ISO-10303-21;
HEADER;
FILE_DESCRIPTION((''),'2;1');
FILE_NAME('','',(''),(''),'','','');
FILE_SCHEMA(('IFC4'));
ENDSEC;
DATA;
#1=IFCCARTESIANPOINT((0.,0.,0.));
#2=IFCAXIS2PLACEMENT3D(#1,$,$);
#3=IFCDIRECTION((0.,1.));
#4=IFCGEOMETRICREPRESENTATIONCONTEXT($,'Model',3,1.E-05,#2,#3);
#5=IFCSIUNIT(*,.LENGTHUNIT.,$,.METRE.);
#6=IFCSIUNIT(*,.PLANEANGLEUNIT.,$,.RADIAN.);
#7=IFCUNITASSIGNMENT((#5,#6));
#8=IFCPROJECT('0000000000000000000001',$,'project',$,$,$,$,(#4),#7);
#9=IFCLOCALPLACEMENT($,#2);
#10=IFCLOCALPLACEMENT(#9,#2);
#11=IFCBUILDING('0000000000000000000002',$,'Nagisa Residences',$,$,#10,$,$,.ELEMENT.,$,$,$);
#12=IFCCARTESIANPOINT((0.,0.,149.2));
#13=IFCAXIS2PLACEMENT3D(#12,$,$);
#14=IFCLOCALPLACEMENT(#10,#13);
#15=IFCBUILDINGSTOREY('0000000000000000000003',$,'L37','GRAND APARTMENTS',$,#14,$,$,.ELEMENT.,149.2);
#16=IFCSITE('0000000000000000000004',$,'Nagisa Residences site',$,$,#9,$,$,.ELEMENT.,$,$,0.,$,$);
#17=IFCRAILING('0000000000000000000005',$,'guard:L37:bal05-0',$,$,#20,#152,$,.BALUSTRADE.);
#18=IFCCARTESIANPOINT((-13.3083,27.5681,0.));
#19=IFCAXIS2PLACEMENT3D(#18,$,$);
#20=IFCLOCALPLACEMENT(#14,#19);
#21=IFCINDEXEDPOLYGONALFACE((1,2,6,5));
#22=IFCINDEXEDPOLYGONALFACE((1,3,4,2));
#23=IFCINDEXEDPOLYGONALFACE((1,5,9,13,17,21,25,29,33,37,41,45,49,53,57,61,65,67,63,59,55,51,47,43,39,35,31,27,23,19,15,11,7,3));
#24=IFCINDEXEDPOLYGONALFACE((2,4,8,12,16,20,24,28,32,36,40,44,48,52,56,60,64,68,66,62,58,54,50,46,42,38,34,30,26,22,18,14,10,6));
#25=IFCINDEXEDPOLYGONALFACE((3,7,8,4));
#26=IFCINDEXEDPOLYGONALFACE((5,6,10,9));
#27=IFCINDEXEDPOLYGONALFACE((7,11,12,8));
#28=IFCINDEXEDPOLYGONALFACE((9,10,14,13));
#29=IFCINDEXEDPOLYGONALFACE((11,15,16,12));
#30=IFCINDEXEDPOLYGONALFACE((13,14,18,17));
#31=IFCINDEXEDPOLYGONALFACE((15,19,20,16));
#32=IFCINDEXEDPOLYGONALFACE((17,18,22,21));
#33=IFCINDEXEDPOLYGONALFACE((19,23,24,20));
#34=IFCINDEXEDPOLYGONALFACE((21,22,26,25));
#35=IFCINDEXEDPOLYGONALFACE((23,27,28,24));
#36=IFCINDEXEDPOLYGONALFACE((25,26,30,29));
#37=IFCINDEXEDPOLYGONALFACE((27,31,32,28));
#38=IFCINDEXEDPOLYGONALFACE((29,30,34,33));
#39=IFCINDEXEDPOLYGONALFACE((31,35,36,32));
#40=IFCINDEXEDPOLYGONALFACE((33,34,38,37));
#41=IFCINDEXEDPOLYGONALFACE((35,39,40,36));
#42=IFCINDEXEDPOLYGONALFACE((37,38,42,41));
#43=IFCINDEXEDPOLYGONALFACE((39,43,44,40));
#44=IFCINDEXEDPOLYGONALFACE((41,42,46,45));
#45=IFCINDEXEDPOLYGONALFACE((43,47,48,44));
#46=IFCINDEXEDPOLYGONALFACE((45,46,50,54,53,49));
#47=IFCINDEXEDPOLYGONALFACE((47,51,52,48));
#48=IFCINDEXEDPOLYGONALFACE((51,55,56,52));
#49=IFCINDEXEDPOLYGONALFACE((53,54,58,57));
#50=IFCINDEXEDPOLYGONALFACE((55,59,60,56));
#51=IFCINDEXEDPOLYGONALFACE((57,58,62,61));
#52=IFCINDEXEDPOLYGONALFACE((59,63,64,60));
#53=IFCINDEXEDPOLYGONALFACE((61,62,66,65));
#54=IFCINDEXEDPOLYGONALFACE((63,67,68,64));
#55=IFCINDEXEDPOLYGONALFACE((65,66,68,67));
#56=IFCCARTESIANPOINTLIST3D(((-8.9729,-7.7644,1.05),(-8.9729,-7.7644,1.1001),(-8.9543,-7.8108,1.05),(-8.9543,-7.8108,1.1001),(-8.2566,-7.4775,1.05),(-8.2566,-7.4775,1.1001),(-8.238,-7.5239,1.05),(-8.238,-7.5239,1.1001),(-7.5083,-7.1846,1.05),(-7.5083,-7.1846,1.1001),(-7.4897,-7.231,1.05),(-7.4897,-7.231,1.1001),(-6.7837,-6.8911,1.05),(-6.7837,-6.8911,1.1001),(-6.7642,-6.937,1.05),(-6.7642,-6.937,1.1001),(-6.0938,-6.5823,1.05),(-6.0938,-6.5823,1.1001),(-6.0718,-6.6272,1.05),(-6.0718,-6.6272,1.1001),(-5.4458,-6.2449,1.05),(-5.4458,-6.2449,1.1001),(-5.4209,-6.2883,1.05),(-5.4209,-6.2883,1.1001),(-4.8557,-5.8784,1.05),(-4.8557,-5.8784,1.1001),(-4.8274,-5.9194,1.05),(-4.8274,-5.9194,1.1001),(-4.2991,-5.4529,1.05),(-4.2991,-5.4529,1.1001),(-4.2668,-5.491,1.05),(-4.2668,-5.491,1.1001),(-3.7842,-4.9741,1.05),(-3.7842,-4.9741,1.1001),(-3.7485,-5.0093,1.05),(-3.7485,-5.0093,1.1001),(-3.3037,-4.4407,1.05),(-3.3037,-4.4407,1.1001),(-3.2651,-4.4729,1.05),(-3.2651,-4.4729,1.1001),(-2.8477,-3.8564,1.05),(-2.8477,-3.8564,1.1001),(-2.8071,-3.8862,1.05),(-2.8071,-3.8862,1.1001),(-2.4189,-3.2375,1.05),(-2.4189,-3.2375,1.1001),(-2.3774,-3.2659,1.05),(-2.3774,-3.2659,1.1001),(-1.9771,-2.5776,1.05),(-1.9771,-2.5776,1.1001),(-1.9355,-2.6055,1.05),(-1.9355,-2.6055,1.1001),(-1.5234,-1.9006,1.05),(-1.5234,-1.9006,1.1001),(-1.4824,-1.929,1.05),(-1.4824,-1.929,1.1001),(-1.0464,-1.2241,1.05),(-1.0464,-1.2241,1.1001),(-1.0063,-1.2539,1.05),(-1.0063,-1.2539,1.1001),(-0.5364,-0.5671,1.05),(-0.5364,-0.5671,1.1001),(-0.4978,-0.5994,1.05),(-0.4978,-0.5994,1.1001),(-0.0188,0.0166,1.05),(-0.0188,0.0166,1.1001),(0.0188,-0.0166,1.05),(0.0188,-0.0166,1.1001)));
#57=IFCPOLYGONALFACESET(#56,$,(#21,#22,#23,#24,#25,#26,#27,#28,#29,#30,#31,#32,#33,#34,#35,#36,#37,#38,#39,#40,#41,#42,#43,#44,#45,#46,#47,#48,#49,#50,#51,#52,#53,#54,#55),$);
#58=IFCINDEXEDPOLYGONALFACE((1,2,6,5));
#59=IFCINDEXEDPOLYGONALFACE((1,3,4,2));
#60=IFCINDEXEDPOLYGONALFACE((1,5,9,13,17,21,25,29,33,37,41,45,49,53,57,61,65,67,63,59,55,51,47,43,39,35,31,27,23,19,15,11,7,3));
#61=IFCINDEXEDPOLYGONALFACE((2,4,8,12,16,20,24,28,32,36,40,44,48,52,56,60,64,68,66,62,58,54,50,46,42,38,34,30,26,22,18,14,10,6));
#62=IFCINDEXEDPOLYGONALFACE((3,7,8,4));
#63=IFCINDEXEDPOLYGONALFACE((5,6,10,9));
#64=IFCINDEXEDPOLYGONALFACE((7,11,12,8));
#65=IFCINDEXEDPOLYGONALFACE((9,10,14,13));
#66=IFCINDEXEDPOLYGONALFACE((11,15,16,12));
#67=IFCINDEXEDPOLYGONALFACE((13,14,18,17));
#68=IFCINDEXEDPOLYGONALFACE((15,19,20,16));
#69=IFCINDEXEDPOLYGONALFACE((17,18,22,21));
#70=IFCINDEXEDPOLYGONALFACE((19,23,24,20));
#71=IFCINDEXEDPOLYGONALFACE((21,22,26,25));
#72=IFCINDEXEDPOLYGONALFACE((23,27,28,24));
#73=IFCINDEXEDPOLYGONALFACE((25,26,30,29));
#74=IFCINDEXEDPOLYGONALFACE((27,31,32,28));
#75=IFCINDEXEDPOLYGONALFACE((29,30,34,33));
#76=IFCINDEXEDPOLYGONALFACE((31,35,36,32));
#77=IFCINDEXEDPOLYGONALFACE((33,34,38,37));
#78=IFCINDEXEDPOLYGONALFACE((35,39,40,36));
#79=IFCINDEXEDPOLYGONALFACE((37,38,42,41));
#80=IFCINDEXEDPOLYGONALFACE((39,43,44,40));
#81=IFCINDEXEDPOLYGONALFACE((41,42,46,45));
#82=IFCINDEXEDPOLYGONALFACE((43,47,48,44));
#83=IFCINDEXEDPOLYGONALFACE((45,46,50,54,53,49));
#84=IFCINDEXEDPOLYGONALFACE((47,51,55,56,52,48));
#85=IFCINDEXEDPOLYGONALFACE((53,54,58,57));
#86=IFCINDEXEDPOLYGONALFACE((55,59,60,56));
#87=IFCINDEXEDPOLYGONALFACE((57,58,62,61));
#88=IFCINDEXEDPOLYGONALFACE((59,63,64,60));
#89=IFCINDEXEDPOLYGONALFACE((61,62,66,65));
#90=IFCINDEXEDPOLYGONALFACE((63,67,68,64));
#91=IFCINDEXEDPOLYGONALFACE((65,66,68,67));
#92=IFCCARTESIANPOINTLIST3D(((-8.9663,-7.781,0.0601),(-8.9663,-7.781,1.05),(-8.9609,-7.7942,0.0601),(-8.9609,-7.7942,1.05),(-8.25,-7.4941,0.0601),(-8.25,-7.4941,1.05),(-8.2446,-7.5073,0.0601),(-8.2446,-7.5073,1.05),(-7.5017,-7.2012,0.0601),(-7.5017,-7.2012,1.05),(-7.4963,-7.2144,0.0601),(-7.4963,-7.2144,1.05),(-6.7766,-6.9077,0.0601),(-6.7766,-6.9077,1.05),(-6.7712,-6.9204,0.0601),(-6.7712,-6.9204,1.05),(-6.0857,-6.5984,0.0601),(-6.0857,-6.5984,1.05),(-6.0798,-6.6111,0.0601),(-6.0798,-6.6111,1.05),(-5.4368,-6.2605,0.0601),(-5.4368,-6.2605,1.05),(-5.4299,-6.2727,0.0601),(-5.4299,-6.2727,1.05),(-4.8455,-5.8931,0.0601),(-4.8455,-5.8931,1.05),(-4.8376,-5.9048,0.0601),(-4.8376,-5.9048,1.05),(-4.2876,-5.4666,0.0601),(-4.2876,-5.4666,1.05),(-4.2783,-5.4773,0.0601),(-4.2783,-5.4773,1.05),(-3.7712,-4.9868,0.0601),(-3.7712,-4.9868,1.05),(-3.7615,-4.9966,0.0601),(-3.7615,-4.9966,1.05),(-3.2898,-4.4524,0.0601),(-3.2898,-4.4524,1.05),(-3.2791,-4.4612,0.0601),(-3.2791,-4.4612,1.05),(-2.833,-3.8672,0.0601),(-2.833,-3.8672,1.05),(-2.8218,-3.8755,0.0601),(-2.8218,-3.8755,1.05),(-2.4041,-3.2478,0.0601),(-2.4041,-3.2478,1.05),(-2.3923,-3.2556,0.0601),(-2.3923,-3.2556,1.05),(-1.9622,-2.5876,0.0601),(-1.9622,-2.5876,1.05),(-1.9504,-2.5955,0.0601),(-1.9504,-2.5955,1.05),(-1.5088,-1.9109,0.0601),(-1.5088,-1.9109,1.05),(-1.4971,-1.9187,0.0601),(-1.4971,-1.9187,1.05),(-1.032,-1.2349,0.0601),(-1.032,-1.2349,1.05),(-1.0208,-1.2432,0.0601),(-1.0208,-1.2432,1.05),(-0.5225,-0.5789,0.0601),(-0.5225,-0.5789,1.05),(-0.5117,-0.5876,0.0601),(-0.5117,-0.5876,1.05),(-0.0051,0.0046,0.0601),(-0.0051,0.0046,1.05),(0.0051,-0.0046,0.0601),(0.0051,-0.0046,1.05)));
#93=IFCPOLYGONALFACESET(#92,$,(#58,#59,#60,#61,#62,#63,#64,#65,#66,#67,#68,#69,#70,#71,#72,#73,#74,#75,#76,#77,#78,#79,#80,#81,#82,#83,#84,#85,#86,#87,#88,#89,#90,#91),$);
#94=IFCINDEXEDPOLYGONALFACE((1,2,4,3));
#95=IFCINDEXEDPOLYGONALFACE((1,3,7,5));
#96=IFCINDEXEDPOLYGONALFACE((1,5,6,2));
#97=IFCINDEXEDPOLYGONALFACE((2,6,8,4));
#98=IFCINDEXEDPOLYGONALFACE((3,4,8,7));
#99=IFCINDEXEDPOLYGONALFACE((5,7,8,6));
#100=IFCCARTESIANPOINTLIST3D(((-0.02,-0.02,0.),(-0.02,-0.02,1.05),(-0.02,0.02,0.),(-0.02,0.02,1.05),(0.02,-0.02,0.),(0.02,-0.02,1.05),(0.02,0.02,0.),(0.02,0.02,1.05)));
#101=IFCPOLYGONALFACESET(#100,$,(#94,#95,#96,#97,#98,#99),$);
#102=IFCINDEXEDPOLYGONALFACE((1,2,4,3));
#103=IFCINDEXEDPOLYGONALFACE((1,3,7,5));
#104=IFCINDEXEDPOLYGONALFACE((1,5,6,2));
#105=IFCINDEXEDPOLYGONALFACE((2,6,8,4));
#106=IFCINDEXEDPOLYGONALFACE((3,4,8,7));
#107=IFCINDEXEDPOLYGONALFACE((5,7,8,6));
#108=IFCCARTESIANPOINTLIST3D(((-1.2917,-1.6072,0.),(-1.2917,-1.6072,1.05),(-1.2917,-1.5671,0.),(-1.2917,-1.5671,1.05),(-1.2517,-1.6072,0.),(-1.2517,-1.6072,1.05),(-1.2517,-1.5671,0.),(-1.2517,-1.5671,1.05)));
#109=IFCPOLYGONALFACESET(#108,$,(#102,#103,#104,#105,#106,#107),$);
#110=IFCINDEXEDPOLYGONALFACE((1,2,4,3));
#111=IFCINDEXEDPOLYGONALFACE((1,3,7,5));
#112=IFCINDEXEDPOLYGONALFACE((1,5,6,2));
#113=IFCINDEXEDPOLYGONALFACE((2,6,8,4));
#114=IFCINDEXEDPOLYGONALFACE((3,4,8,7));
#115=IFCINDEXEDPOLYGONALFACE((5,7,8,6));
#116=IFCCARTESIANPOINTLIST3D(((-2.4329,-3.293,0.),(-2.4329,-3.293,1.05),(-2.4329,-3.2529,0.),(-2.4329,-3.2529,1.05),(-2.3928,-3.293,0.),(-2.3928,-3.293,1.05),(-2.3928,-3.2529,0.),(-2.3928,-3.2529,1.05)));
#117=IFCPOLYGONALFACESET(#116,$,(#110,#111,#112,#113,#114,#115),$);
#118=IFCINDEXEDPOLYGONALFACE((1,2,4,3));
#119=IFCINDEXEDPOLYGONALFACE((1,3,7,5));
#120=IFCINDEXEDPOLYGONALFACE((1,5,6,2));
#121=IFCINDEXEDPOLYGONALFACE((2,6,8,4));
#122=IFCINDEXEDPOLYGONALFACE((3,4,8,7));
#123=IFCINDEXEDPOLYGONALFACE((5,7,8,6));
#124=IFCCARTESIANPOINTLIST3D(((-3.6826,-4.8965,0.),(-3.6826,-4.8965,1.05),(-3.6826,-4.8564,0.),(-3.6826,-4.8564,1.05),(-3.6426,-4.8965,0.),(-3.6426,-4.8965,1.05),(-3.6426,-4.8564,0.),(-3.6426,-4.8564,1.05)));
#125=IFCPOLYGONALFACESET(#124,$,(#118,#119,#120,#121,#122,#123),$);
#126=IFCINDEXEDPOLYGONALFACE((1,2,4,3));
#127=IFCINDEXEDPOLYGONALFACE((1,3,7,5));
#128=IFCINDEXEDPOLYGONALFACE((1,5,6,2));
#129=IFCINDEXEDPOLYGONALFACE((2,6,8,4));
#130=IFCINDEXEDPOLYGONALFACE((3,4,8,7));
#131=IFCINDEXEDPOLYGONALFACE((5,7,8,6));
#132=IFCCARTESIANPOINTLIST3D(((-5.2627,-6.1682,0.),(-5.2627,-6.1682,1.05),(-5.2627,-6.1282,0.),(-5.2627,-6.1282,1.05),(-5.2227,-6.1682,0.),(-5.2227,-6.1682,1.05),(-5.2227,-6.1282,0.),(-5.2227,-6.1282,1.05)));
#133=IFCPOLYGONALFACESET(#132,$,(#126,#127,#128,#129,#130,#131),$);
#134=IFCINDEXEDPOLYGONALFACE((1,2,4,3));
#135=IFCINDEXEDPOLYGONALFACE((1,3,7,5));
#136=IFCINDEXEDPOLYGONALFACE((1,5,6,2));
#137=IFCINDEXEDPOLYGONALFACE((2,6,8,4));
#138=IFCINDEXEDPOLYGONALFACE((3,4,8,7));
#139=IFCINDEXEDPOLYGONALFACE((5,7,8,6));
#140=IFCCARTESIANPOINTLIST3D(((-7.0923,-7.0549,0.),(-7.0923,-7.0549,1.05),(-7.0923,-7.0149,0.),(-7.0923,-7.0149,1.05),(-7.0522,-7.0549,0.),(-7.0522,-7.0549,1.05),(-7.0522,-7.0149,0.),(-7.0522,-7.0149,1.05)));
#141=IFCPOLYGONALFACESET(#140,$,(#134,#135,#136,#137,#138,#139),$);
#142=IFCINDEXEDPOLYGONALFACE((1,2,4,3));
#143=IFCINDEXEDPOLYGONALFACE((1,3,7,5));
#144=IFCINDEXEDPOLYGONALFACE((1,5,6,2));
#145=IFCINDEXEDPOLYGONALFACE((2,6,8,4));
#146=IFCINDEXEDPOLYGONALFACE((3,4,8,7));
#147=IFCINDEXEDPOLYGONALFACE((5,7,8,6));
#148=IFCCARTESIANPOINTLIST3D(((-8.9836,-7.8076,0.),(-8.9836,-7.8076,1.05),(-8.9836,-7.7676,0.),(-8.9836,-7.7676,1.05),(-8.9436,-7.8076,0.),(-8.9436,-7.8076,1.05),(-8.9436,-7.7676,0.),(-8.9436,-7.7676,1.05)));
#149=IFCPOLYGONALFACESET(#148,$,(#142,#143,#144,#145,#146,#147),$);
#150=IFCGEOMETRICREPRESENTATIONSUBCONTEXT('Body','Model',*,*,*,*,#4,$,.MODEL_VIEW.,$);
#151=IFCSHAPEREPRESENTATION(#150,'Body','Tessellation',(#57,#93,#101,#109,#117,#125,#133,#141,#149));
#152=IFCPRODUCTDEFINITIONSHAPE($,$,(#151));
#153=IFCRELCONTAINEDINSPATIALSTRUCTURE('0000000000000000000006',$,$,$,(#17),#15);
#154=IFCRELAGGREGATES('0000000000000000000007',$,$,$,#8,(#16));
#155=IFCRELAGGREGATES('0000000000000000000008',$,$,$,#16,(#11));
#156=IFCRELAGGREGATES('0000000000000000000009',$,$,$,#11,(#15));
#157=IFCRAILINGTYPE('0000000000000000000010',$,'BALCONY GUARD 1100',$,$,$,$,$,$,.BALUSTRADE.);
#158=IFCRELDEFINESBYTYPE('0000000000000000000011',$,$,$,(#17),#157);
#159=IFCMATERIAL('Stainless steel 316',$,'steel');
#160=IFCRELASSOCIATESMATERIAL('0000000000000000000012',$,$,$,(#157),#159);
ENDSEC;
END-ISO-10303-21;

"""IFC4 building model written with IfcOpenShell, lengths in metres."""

from ifc_helpers import new_model, si_unit, direction, frame, origin, origin_2d, place, context, subcontext, project, spatial, polyline, rectangle, outline, extrude, material, type_object, element, save


model = new_model("IFC4")

# Units and contexts
model_context = context("Model", 3, precision=1e-05, world=origin(), true_north=direction((0.0, 1.0)))
body_context = subcontext(model_context, "Body", "Model", "MODEL_VIEW")
ifc_project = project(units=[si_unit("LENGTHUNIT", "METRE"), si_unit("PLANEANGLEUNIT", "RADIAN")], contexts=[model_context])

# Site, building, storey
site_placement = place(None, origin())
site = spatial("IfcSite", under=ifc_project, at=site_placement, Name="Nagisa Residences site", CompositionType="ELEMENT", RefElevation=0.0)
building_placement = place(site_placement, origin())
building = spatial("IfcBuilding", under=site, at=building_placement, Name="Nagisa Residences", CompositionType="ELEMENT")
storey_placement = place(building_placement, frame((0.0, 0.0, 149.2)))
storey = spatial("IfcBuildingStorey", under=building, at=storey_placement, Name="L37", Description="GRAND APARTMENTS", CompositionType="ELEMENT", Elevation=149.2)

# Railing
ifc_material_1 = material(Name="Stainless steel 316", Category="steel")
railing_type = type_object("IfcRailingType", Name="BALCONY GUARD 1100", PredefinedType="BALUSTRADE", material=ifc_material_1)
railing_1_placement = place(storey_placement, frame((-13.3083, 27.5681, 0.0)))
element("IfcRailing", 1, at=railing_1_placement, inside=storey, type_object=railing_type, Name="guard:L37:bal05-0", PredefinedType="BALUSTRADE", context=body_context, shape_type="SweptSolid", body=[
    extrude(outline(polyline([(-0.4978, -0.5994), (0.0188, -0.0166), (-0.0188, 0.0166), (-0.5364, -0.5671), (-1.0464, -1.2241), (-1.5234, -1.9006), (-1.9771, -2.5776), (-2.4189, -3.2375), (-2.8477, -3.8564), (-3.3037, -4.4407), (-3.7842, -4.9741), (-4.2991, -5.4529), (-4.8557, -5.8784), (-5.4458, -6.2449), (-6.0938, -6.5823), (-6.7837, -6.8911), (-7.5083, -7.1846), (-8.2566, -7.4775), (-8.9729, -7.7644), (-8.9543, -7.8108), (-8.238, -7.5239), (-7.4897, -7.231), (-6.7642, -6.937), (-6.0718, -6.6272), (-5.4209, -6.2883), (-4.8274, -5.9194), (-4.2668, -5.491), (-3.7485, -5.0093), (-3.2651, -4.4729), (-2.8071, -3.8862), (-2.3774, -3.2659), (-1.9355, -2.6055), (-1.4824, -1.929), (-1.0063, -1.2539), (-0.4978, -0.5994)])), frame((0.0, 0.0, 1.05)), (0.0, 0.0, 1.0), 0.05),
    extrude(outline(polyline([(-0.5117, -0.5876), (0.0051, -0.0046), (-0.0051, 0.0046), (-0.5225, -0.5789), (-1.032, -1.2349), (-1.5088, -1.9109), (-1.9622, -2.5876), (-2.4041, -3.2478), (-2.833, -3.8672), (-3.2898, -4.4524), (-3.7712, -4.9868), (-4.2876, -5.4666), (-4.8455, -5.8931), (-5.4368, -6.2605), (-6.0857, -6.5984), (-6.7766, -6.9077), (-7.5017, -7.2012), (-8.25, -7.4941), (-8.9663, -7.781), (-8.9609, -7.7942), (-8.2446, -7.5073), (-7.4963, -7.2144), (-6.7712, -6.9204), (-6.0798, -6.6111), (-5.4299, -6.2727), (-4.8376, -5.9048), (-4.2783, -5.4773), (-3.7615, -4.9966), (-3.2791, -4.4612), (-2.8218, -3.8755), (-2.3923, -3.2556), (-1.9504, -2.5955), (-1.4971, -1.9187), (-1.0208, -1.2432), (-0.5117, -0.5876)])), frame((0.0, 0.0, 0.0601)), (0.0, 0.0, 1.0), 0.99),
    extrude(rectangle(XDim=0.04, YDim=0.04, at=origin_2d()), origin(), (0.0, 0.0, 1.0), 1.05),
    extrude(rectangle(XDim=0.04, YDim=0.04, at=origin_2d()), frame((-1.2717, -1.5872, 0.0)), (0.0, 0.0, 1.0), 1.05),
    extrude(rectangle(XDim=0.04, YDim=0.04, at=origin_2d()), frame((-2.4128, -3.2729, 0.0)), (0.0, 0.0, 1.0), 1.05),
    extrude(rectangle(XDim=0.04, YDim=0.04, at=origin_2d()), frame((-3.6626, -4.8765, 0.0)), (0.0, 0.0, 1.0), 1.05),
    extrude(rectangle(XDim=0.04, YDim=0.04, at=origin_2d()), frame((-5.2427, -6.1482, 0.0)), (0.0, 0.0, 1.0), 1.05),
    extrude(rectangle(XDim=0.04, YDim=0.04, at=origin_2d()), frame((-7.0723, -7.0349, 0.0)), (0.0, 0.0, 1.0), 1.05),
    extrude(rectangle(XDim=0.04, YDim=0.04, at=origin_2d()), frame((-8.9636, -7.7876, 0.0)), (0.0, 0.0, 1.0), 1.05),
])

save(model, "model.ifc")
